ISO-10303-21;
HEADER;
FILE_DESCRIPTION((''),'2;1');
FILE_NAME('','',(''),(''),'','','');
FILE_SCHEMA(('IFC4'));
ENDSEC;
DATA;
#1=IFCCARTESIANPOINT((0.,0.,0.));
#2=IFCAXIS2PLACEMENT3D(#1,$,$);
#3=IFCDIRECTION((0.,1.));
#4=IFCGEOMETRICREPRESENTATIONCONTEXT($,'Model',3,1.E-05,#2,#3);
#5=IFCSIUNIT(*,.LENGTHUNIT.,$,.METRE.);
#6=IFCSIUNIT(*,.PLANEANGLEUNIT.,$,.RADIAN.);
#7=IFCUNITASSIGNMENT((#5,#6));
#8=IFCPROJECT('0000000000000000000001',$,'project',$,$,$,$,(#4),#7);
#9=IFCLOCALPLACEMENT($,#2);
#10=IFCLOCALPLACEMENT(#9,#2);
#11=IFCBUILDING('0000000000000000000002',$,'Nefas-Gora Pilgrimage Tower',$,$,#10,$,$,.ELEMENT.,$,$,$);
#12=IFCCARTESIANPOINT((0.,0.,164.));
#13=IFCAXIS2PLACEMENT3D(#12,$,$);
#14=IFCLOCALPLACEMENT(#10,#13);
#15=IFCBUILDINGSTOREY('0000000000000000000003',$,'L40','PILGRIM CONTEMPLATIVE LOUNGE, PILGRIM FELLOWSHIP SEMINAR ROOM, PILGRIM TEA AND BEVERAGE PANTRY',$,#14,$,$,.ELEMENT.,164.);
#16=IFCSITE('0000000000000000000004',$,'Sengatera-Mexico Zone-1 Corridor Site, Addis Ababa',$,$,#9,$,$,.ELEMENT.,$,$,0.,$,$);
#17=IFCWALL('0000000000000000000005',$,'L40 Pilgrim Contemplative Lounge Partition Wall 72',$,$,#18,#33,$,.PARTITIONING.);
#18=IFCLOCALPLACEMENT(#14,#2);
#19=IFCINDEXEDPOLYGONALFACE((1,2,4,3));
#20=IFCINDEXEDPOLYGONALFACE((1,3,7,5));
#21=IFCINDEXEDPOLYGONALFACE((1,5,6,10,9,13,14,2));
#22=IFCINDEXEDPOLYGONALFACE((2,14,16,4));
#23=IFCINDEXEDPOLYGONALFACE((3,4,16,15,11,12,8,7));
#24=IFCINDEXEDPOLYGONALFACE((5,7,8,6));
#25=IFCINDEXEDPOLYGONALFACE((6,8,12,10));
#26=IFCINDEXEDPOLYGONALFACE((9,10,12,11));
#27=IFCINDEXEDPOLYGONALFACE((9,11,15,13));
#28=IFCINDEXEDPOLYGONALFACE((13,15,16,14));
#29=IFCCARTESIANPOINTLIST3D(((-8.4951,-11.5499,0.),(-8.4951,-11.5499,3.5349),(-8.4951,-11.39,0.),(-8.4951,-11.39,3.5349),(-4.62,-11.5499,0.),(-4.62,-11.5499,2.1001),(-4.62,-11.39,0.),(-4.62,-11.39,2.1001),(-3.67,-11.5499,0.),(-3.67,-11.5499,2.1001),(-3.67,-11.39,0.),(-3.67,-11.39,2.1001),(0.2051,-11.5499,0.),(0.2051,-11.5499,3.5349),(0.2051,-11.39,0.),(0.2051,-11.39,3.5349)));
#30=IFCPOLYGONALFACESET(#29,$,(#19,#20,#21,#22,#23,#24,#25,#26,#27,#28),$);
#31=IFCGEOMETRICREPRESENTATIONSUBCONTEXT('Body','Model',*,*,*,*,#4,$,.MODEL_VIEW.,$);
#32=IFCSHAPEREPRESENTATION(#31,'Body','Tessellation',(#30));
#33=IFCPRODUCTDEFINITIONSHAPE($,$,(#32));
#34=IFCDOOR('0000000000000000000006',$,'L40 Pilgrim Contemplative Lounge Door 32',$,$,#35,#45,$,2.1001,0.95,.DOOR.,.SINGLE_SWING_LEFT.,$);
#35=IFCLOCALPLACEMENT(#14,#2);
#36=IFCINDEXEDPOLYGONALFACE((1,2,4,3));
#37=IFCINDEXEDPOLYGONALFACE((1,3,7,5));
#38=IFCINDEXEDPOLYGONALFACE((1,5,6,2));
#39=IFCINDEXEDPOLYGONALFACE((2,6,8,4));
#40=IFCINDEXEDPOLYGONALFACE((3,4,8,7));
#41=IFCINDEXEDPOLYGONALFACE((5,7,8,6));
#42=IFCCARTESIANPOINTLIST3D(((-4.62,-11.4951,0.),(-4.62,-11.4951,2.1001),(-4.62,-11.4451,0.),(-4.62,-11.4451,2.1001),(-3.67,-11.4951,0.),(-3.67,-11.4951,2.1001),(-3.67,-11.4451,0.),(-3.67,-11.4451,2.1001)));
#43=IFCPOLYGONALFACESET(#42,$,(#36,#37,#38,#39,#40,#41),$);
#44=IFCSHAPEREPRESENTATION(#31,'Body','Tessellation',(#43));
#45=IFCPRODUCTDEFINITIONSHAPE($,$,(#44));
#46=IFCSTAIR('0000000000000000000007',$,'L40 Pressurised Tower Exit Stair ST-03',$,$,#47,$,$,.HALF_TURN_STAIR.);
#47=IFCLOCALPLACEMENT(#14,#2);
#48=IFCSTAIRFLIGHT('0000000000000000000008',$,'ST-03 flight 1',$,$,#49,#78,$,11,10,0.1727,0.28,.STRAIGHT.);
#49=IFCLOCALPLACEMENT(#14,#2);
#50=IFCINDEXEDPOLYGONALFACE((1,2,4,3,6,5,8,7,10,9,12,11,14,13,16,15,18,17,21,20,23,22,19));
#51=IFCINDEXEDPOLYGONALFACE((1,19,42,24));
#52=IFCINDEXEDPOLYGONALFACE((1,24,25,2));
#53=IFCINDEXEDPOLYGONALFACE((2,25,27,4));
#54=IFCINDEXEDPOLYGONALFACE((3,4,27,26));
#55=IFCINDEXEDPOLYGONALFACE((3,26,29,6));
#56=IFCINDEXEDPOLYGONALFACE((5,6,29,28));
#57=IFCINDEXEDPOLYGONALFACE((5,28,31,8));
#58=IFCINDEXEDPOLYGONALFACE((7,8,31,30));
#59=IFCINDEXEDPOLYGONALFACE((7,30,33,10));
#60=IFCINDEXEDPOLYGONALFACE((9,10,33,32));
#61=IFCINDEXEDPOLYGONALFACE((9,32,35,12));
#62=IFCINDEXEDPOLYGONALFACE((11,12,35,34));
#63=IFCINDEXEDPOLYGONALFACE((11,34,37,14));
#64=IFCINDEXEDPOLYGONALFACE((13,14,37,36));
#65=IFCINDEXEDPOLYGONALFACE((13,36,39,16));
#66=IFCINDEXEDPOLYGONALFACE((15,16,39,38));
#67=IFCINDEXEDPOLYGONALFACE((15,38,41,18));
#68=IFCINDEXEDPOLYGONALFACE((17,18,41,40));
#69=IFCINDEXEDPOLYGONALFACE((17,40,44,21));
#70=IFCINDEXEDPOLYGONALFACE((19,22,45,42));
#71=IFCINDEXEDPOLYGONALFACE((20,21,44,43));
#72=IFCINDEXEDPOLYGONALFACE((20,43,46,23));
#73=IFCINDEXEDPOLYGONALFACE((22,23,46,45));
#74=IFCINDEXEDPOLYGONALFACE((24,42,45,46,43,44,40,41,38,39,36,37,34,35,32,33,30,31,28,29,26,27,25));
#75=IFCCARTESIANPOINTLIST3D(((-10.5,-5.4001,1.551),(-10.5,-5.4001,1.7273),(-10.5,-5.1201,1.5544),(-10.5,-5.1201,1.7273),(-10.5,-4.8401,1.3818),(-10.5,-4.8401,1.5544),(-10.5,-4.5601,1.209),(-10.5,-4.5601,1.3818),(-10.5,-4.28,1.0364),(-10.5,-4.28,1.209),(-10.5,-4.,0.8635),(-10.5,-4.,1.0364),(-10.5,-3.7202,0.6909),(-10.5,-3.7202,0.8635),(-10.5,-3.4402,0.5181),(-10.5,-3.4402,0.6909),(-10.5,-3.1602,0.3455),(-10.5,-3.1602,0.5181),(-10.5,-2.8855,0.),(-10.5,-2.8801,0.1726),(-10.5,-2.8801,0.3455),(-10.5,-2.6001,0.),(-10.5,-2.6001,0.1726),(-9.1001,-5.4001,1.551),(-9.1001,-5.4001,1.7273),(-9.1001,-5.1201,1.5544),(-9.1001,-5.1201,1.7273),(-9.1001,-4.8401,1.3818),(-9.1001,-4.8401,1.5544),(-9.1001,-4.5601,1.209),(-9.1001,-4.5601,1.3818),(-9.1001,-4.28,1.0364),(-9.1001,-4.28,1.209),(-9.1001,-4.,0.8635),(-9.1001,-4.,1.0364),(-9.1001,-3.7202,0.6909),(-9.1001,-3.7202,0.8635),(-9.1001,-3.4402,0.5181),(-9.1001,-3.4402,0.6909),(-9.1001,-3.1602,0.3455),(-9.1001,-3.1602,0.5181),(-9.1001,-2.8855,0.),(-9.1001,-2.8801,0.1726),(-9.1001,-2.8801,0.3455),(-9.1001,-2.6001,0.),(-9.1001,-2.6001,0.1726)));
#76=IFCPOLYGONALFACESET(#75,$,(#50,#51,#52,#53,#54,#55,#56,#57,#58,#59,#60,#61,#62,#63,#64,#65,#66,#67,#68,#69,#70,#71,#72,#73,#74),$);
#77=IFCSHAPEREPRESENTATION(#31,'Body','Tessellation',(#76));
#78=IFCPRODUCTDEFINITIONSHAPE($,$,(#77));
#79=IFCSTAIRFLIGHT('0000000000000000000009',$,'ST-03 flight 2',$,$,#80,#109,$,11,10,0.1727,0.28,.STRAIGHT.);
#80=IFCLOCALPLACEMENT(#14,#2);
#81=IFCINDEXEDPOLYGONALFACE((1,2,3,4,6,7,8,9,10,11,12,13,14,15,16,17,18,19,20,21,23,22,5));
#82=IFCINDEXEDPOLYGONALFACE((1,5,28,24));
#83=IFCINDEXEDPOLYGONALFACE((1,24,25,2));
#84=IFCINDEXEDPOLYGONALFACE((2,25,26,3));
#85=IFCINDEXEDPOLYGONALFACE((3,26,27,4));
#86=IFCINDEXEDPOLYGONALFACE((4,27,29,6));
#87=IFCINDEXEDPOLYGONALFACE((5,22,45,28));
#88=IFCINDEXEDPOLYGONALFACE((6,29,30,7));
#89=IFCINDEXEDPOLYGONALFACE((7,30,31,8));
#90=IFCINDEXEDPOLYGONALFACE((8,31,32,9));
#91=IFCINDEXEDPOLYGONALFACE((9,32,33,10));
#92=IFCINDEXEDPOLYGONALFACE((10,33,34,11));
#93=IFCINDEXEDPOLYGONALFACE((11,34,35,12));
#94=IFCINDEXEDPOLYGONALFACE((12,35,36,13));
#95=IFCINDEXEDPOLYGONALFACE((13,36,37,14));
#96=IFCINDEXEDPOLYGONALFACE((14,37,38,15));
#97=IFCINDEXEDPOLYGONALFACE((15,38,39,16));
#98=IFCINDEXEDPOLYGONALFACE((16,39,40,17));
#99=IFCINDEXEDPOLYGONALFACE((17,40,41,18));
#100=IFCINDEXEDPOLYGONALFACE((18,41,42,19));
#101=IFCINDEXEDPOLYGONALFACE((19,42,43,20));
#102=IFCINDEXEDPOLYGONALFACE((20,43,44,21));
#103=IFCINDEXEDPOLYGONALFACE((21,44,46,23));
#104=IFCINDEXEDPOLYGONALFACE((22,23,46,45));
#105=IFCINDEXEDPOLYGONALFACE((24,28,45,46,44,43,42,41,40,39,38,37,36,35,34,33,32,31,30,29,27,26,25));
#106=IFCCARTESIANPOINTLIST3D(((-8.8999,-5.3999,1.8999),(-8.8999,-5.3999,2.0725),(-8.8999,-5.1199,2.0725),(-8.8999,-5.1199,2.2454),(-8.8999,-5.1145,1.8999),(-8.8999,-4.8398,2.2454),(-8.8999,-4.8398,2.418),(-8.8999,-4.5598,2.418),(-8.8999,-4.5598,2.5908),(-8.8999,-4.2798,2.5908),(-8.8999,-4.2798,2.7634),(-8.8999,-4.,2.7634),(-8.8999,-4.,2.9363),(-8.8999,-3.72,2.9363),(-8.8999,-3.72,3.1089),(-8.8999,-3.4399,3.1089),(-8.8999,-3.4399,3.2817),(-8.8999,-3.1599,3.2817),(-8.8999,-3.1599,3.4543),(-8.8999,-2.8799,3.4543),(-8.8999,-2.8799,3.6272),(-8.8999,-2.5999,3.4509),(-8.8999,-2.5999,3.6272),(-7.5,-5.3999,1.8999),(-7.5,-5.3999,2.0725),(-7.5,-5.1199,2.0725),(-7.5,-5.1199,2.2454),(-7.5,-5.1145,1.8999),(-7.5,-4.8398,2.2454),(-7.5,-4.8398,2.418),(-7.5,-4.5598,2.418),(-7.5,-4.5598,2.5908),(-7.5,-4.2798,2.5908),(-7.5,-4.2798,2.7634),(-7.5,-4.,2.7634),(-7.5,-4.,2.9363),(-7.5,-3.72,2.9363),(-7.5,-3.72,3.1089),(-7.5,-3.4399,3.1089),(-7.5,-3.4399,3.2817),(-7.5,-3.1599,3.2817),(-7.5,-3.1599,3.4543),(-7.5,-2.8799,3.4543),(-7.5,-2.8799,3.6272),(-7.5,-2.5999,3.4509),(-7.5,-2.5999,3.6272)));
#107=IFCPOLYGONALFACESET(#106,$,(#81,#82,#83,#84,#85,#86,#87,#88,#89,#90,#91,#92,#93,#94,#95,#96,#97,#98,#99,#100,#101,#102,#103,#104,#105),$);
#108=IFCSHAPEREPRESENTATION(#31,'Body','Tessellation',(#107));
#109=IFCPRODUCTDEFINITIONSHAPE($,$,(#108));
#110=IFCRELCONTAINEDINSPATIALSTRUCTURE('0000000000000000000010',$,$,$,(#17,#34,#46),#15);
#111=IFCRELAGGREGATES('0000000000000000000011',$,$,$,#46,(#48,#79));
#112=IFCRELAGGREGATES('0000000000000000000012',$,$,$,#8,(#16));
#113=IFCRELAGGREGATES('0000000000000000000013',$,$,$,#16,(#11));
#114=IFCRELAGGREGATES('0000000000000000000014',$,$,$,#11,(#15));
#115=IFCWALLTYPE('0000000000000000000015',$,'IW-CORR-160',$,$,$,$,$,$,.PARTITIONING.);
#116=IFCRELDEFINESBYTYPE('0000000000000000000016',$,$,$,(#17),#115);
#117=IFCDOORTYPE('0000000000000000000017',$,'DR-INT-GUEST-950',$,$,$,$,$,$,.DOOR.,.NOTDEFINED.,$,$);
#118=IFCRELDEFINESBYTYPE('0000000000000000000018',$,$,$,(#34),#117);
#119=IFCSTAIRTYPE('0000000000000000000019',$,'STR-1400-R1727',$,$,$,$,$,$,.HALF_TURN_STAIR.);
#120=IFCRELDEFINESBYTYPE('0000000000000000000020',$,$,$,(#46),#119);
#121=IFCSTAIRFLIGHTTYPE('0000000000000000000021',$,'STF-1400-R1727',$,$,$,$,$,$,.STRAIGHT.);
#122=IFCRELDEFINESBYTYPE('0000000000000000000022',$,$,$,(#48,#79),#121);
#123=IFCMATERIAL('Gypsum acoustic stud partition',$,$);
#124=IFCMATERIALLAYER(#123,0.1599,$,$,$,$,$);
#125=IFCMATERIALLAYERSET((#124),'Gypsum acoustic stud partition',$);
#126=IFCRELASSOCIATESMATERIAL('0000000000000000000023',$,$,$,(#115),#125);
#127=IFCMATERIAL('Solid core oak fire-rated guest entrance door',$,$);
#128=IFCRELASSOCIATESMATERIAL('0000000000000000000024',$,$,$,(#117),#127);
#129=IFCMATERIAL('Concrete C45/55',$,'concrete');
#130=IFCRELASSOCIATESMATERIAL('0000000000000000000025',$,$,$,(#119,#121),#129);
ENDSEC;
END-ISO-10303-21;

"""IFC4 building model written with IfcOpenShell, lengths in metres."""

from ifc_helpers import new_model, si_unit, direction, frame, frame_2d, origin, place, context, subcontext, project, spatial, polyline, rectangle, outline, extrude, source, transform, mapped, material, layer, layer_set, type_object, element, fill, aggregate, save


model = new_model("IFC4")

# Units and contexts
model_context = context("Model", 3, precision=1e-05, world=origin(), true_north=direction((0.0, 1.0)))
body_context = subcontext(model_context, "Body", "Model", "MODEL_VIEW")
ifc_project = project(units=[si_unit("LENGTHUNIT", "METRE"), si_unit("PLANEANGLEUNIT", "RADIAN")], contexts=[model_context])

# Site, building, storey
site_placement = place(None, origin())
site = spatial("IfcSite", under=ifc_project, at=site_placement, Name="Sengatera-Mexico Zone-1 Corridor Site, Addis Ababa", CompositionType="ELEMENT", RefElevation=0.0)
building_placement = place(site_placement, origin())
building = spatial("IfcBuilding", under=site, at=building_placement, Name="Nefas-Gora Pilgrimage Tower", CompositionType="ELEMENT")
storey_placement = place(building_placement, frame((0.0, 0.0, 164.0)))
storey = spatial("IfcBuildingStorey", under=building, at=storey_placement, Name="L40", Description="PILGRIM CONTEMPLATIVE LOUNGE, PILGRIM FELLOWSHIP SEMINAR ROOM, PILGRIM TEA AND BEVERAGE PANTRY", CompositionType="ELEMENT", Elevation=164.0)

# Shared definitions
ifc_material_1 = material(Name="Concrete C45/55", Category="concrete")

# Shared definitions
ifc_material_2 = material(Name="Gypsum acoustic stud partition")
ifc_layer_1 = layer(ifc_material_2, 0.1599)
ifc_layer_set_1 = layer_set([ifc_layer_1], Name="Gypsum acoustic stud partition")
wall_type_1 = type_object("IfcWallType", Name="IW-CORR-160", PredefinedType="PARTITIONING", material=ifc_layer_set_1)

# Wall, opening, door
shared_shape_1 = source(origin(), body_context, "Body", "SweptSolid", [
    extrude(rectangle(XDim=8.7002, YDim=0.1599, at=frame_2d((4.3501, 0.0))), origin(), (0.0, 0.0, 1.0), 3.5349),
])
wall_1_placement = place(storey_placement, frame((-8.4951, -11.47, 0.0), z_axis=(0.0, 0.0, 1.0), x_axis=(1.0, 0.0, 0.0)))
wall_1 = element("IfcWall", 1, at=wall_1_placement, inside=storey, type_object=wall_type_1, Name="L40 Pilgrim Contemplative Lounge Partition Wall 72", PredefinedType="PARTITIONING", context=body_context, shape_type="MappedRepresentation", body=[
    mapped(shared_shape_1, transform((0.0, 0.0, 0.0), x_axis=(1.0, 0.0, 0.0), y_axis=(0.0, 1.0, 0.0), z_axis=(0.0, 0.0, 1.0), scale=1.0)),
])
opening_1_placement = place(wall_1_placement, frame((3.875, 0.0, 0.0)))
opening_1 = element("IfcOpeningElement", 2, at=opening_1_placement, cuts=wall_1, PredefinedType="OPENING", context=body_context, shape_type="SweptSolid", body=[
    extrude(rectangle(XDim=0.95, YDim=2.1001, at=frame_2d((0.4751, 1.05))), frame((0.0, 0.0898, 0.0), z_axis=(0.0, -1.0, 0.0), x_axis=(1.0, 0.0, 0.0)), (0.0, 0.0, 1.0), 0.1799),
])
ifc_material_3 = material(Name="Solid core oak fire-rated guest entrance door")
door_type_1 = type_object("IfcDoorType", Name="DR-INT-GUEST-950", OperationType="NOTDEFINED", PredefinedType="DOOR", material=ifc_material_3)
shared_shape_2 = source(origin(), body_context, "Body", "SweptSolid", [
    extrude(rectangle(XDim=0.95, YDim=2.1001, at=frame_2d((0.4751, 1.05))), frame((0.0, 0.0249, 0.0), z_axis=(0.0, -1.0, 0.0), x_axis=(1.0, 0.0, 0.0)), (0.0, 0.0, 1.0), 0.05),
])
door_1_placement = place(opening_1_placement, origin())
door_1 = element("IfcDoor", 3, at=door_1_placement, inside=storey, type_object=door_type_1, Name="L40 Pilgrim Contemplative Lounge Door 32", OperationType="SINGLE_SWING_LEFT", OverallHeight=2.1001, OverallWidth=0.95, PredefinedType="DOOR", context=body_context, shape_type="MappedRepresentation", body=[
    mapped(shared_shape_2, transform((0.0, 0.0, 0.0), x_axis=(1.0, 0.0, 0.0), y_axis=(0.0, 1.0, 0.0), z_axis=(0.0, 0.0, 1.0), scale=1.0)),
])
fill(opening_1, door_1)

# Stair, stair flights
stair_type = type_object("IfcStairType", Name="STR-1400-R1727", PredefinedType="HALF_TURN_STAIR", material=ifc_material_1)
stair_placement = place(storey_placement, origin())
stair = element("IfcStair", 4, at=stair_placement, inside=storey, type_object=stair_type, Name="L40 Pressurised Tower Exit Stair ST-03", PredefinedType="HALF_TURN_STAIR")
stair_flight_type = type_object("IfcStairFlightType", Name="STF-1400-R1727", PredefinedType="STRAIGHT", material=ifc_material_1)
shared_shape_3 = source(origin(), body_context, "Body", "SweptSolid", [
    extrude(outline(polyline([(0.0, 0.0), (0.0, 0.1726), (0.28, 0.1726), (0.28, 0.3455), (0.5601, 0.3455), (0.5601, 0.5181), (0.8401, 0.5181), (0.8401, 0.6909), (1.1201, 0.6909), (1.1201, 0.8635), (1.3999, 0.8635), (1.3999, 1.0364), (1.6799, 1.0364), (1.6799, 1.209), (1.96, 1.209), (1.96, 1.3818), (2.24, 1.3818), (2.24, 1.5544), (2.52, 1.5544), (2.52, 1.7273), (2.8, 1.7273), (2.8, 1.8999), (2.8, 1.551), (0.2854, 0.0), (0.0, 0.0)])), frame((0.0, 0.7, 0.0), z_axis=(0.0, -1.0, 0.0), x_axis=(1.0, 0.0, 0.0)), (0.0, 0.0, 1.0), 1.3999),
])
stair_flight_1_placement = place(storey_placement, frame((-9.8, -2.6001, 0.0), z_axis=(0.0, 0.0, 1.0), x_axis=(0.0, -1.0, 0.0)))
stair_flight_1 = element("IfcStairFlight", 5, at=stair_flight_1_placement, type_object=stair_flight_type, Name="ST-03 flight 1", NumberOfRisers=11, NumberOfTreads=10, PredefinedType="STRAIGHT", RiserHeight=0.1727, TreadLength=0.28, context=body_context, shape_type="MappedRepresentation", body=[
    mapped(shared_shape_3, transform((0.0, 0.0, 0.0), x_axis=(1.0, 0.0, 0.0), y_axis=(0.0, 1.0, 0.0), z_axis=(0.0, 0.0, 1.0), scale=1.0)),
])
stair_flight_2_placement = place(storey_placement, frame((-8.2, -5.3999, 1.8999), z_axis=(0.0, 0.0, 1.0), x_axis=(0.0, 1.0, 0.0)))
stair_flight_2 = element("IfcStairFlight", 6, at=stair_flight_2_placement, type_object=stair_flight_type, Name="ST-03 flight 2", NumberOfRisers=11, NumberOfTreads=10, PredefinedType="STRAIGHT", RiserHeight=0.1727, TreadLength=0.28, context=body_context, shape_type="MappedRepresentation", body=[
    mapped(shared_shape_3, transform((0.0, 0.0, 0.0), x_axis=(1.0, 0.0, 0.0), y_axis=(0.0, 1.0, 0.0), z_axis=(0.0, 0.0, 1.0), scale=1.0)),
])
aggregate(stair, [stair_flight_1, stair_flight_2])

save(model, "model.ifc")
